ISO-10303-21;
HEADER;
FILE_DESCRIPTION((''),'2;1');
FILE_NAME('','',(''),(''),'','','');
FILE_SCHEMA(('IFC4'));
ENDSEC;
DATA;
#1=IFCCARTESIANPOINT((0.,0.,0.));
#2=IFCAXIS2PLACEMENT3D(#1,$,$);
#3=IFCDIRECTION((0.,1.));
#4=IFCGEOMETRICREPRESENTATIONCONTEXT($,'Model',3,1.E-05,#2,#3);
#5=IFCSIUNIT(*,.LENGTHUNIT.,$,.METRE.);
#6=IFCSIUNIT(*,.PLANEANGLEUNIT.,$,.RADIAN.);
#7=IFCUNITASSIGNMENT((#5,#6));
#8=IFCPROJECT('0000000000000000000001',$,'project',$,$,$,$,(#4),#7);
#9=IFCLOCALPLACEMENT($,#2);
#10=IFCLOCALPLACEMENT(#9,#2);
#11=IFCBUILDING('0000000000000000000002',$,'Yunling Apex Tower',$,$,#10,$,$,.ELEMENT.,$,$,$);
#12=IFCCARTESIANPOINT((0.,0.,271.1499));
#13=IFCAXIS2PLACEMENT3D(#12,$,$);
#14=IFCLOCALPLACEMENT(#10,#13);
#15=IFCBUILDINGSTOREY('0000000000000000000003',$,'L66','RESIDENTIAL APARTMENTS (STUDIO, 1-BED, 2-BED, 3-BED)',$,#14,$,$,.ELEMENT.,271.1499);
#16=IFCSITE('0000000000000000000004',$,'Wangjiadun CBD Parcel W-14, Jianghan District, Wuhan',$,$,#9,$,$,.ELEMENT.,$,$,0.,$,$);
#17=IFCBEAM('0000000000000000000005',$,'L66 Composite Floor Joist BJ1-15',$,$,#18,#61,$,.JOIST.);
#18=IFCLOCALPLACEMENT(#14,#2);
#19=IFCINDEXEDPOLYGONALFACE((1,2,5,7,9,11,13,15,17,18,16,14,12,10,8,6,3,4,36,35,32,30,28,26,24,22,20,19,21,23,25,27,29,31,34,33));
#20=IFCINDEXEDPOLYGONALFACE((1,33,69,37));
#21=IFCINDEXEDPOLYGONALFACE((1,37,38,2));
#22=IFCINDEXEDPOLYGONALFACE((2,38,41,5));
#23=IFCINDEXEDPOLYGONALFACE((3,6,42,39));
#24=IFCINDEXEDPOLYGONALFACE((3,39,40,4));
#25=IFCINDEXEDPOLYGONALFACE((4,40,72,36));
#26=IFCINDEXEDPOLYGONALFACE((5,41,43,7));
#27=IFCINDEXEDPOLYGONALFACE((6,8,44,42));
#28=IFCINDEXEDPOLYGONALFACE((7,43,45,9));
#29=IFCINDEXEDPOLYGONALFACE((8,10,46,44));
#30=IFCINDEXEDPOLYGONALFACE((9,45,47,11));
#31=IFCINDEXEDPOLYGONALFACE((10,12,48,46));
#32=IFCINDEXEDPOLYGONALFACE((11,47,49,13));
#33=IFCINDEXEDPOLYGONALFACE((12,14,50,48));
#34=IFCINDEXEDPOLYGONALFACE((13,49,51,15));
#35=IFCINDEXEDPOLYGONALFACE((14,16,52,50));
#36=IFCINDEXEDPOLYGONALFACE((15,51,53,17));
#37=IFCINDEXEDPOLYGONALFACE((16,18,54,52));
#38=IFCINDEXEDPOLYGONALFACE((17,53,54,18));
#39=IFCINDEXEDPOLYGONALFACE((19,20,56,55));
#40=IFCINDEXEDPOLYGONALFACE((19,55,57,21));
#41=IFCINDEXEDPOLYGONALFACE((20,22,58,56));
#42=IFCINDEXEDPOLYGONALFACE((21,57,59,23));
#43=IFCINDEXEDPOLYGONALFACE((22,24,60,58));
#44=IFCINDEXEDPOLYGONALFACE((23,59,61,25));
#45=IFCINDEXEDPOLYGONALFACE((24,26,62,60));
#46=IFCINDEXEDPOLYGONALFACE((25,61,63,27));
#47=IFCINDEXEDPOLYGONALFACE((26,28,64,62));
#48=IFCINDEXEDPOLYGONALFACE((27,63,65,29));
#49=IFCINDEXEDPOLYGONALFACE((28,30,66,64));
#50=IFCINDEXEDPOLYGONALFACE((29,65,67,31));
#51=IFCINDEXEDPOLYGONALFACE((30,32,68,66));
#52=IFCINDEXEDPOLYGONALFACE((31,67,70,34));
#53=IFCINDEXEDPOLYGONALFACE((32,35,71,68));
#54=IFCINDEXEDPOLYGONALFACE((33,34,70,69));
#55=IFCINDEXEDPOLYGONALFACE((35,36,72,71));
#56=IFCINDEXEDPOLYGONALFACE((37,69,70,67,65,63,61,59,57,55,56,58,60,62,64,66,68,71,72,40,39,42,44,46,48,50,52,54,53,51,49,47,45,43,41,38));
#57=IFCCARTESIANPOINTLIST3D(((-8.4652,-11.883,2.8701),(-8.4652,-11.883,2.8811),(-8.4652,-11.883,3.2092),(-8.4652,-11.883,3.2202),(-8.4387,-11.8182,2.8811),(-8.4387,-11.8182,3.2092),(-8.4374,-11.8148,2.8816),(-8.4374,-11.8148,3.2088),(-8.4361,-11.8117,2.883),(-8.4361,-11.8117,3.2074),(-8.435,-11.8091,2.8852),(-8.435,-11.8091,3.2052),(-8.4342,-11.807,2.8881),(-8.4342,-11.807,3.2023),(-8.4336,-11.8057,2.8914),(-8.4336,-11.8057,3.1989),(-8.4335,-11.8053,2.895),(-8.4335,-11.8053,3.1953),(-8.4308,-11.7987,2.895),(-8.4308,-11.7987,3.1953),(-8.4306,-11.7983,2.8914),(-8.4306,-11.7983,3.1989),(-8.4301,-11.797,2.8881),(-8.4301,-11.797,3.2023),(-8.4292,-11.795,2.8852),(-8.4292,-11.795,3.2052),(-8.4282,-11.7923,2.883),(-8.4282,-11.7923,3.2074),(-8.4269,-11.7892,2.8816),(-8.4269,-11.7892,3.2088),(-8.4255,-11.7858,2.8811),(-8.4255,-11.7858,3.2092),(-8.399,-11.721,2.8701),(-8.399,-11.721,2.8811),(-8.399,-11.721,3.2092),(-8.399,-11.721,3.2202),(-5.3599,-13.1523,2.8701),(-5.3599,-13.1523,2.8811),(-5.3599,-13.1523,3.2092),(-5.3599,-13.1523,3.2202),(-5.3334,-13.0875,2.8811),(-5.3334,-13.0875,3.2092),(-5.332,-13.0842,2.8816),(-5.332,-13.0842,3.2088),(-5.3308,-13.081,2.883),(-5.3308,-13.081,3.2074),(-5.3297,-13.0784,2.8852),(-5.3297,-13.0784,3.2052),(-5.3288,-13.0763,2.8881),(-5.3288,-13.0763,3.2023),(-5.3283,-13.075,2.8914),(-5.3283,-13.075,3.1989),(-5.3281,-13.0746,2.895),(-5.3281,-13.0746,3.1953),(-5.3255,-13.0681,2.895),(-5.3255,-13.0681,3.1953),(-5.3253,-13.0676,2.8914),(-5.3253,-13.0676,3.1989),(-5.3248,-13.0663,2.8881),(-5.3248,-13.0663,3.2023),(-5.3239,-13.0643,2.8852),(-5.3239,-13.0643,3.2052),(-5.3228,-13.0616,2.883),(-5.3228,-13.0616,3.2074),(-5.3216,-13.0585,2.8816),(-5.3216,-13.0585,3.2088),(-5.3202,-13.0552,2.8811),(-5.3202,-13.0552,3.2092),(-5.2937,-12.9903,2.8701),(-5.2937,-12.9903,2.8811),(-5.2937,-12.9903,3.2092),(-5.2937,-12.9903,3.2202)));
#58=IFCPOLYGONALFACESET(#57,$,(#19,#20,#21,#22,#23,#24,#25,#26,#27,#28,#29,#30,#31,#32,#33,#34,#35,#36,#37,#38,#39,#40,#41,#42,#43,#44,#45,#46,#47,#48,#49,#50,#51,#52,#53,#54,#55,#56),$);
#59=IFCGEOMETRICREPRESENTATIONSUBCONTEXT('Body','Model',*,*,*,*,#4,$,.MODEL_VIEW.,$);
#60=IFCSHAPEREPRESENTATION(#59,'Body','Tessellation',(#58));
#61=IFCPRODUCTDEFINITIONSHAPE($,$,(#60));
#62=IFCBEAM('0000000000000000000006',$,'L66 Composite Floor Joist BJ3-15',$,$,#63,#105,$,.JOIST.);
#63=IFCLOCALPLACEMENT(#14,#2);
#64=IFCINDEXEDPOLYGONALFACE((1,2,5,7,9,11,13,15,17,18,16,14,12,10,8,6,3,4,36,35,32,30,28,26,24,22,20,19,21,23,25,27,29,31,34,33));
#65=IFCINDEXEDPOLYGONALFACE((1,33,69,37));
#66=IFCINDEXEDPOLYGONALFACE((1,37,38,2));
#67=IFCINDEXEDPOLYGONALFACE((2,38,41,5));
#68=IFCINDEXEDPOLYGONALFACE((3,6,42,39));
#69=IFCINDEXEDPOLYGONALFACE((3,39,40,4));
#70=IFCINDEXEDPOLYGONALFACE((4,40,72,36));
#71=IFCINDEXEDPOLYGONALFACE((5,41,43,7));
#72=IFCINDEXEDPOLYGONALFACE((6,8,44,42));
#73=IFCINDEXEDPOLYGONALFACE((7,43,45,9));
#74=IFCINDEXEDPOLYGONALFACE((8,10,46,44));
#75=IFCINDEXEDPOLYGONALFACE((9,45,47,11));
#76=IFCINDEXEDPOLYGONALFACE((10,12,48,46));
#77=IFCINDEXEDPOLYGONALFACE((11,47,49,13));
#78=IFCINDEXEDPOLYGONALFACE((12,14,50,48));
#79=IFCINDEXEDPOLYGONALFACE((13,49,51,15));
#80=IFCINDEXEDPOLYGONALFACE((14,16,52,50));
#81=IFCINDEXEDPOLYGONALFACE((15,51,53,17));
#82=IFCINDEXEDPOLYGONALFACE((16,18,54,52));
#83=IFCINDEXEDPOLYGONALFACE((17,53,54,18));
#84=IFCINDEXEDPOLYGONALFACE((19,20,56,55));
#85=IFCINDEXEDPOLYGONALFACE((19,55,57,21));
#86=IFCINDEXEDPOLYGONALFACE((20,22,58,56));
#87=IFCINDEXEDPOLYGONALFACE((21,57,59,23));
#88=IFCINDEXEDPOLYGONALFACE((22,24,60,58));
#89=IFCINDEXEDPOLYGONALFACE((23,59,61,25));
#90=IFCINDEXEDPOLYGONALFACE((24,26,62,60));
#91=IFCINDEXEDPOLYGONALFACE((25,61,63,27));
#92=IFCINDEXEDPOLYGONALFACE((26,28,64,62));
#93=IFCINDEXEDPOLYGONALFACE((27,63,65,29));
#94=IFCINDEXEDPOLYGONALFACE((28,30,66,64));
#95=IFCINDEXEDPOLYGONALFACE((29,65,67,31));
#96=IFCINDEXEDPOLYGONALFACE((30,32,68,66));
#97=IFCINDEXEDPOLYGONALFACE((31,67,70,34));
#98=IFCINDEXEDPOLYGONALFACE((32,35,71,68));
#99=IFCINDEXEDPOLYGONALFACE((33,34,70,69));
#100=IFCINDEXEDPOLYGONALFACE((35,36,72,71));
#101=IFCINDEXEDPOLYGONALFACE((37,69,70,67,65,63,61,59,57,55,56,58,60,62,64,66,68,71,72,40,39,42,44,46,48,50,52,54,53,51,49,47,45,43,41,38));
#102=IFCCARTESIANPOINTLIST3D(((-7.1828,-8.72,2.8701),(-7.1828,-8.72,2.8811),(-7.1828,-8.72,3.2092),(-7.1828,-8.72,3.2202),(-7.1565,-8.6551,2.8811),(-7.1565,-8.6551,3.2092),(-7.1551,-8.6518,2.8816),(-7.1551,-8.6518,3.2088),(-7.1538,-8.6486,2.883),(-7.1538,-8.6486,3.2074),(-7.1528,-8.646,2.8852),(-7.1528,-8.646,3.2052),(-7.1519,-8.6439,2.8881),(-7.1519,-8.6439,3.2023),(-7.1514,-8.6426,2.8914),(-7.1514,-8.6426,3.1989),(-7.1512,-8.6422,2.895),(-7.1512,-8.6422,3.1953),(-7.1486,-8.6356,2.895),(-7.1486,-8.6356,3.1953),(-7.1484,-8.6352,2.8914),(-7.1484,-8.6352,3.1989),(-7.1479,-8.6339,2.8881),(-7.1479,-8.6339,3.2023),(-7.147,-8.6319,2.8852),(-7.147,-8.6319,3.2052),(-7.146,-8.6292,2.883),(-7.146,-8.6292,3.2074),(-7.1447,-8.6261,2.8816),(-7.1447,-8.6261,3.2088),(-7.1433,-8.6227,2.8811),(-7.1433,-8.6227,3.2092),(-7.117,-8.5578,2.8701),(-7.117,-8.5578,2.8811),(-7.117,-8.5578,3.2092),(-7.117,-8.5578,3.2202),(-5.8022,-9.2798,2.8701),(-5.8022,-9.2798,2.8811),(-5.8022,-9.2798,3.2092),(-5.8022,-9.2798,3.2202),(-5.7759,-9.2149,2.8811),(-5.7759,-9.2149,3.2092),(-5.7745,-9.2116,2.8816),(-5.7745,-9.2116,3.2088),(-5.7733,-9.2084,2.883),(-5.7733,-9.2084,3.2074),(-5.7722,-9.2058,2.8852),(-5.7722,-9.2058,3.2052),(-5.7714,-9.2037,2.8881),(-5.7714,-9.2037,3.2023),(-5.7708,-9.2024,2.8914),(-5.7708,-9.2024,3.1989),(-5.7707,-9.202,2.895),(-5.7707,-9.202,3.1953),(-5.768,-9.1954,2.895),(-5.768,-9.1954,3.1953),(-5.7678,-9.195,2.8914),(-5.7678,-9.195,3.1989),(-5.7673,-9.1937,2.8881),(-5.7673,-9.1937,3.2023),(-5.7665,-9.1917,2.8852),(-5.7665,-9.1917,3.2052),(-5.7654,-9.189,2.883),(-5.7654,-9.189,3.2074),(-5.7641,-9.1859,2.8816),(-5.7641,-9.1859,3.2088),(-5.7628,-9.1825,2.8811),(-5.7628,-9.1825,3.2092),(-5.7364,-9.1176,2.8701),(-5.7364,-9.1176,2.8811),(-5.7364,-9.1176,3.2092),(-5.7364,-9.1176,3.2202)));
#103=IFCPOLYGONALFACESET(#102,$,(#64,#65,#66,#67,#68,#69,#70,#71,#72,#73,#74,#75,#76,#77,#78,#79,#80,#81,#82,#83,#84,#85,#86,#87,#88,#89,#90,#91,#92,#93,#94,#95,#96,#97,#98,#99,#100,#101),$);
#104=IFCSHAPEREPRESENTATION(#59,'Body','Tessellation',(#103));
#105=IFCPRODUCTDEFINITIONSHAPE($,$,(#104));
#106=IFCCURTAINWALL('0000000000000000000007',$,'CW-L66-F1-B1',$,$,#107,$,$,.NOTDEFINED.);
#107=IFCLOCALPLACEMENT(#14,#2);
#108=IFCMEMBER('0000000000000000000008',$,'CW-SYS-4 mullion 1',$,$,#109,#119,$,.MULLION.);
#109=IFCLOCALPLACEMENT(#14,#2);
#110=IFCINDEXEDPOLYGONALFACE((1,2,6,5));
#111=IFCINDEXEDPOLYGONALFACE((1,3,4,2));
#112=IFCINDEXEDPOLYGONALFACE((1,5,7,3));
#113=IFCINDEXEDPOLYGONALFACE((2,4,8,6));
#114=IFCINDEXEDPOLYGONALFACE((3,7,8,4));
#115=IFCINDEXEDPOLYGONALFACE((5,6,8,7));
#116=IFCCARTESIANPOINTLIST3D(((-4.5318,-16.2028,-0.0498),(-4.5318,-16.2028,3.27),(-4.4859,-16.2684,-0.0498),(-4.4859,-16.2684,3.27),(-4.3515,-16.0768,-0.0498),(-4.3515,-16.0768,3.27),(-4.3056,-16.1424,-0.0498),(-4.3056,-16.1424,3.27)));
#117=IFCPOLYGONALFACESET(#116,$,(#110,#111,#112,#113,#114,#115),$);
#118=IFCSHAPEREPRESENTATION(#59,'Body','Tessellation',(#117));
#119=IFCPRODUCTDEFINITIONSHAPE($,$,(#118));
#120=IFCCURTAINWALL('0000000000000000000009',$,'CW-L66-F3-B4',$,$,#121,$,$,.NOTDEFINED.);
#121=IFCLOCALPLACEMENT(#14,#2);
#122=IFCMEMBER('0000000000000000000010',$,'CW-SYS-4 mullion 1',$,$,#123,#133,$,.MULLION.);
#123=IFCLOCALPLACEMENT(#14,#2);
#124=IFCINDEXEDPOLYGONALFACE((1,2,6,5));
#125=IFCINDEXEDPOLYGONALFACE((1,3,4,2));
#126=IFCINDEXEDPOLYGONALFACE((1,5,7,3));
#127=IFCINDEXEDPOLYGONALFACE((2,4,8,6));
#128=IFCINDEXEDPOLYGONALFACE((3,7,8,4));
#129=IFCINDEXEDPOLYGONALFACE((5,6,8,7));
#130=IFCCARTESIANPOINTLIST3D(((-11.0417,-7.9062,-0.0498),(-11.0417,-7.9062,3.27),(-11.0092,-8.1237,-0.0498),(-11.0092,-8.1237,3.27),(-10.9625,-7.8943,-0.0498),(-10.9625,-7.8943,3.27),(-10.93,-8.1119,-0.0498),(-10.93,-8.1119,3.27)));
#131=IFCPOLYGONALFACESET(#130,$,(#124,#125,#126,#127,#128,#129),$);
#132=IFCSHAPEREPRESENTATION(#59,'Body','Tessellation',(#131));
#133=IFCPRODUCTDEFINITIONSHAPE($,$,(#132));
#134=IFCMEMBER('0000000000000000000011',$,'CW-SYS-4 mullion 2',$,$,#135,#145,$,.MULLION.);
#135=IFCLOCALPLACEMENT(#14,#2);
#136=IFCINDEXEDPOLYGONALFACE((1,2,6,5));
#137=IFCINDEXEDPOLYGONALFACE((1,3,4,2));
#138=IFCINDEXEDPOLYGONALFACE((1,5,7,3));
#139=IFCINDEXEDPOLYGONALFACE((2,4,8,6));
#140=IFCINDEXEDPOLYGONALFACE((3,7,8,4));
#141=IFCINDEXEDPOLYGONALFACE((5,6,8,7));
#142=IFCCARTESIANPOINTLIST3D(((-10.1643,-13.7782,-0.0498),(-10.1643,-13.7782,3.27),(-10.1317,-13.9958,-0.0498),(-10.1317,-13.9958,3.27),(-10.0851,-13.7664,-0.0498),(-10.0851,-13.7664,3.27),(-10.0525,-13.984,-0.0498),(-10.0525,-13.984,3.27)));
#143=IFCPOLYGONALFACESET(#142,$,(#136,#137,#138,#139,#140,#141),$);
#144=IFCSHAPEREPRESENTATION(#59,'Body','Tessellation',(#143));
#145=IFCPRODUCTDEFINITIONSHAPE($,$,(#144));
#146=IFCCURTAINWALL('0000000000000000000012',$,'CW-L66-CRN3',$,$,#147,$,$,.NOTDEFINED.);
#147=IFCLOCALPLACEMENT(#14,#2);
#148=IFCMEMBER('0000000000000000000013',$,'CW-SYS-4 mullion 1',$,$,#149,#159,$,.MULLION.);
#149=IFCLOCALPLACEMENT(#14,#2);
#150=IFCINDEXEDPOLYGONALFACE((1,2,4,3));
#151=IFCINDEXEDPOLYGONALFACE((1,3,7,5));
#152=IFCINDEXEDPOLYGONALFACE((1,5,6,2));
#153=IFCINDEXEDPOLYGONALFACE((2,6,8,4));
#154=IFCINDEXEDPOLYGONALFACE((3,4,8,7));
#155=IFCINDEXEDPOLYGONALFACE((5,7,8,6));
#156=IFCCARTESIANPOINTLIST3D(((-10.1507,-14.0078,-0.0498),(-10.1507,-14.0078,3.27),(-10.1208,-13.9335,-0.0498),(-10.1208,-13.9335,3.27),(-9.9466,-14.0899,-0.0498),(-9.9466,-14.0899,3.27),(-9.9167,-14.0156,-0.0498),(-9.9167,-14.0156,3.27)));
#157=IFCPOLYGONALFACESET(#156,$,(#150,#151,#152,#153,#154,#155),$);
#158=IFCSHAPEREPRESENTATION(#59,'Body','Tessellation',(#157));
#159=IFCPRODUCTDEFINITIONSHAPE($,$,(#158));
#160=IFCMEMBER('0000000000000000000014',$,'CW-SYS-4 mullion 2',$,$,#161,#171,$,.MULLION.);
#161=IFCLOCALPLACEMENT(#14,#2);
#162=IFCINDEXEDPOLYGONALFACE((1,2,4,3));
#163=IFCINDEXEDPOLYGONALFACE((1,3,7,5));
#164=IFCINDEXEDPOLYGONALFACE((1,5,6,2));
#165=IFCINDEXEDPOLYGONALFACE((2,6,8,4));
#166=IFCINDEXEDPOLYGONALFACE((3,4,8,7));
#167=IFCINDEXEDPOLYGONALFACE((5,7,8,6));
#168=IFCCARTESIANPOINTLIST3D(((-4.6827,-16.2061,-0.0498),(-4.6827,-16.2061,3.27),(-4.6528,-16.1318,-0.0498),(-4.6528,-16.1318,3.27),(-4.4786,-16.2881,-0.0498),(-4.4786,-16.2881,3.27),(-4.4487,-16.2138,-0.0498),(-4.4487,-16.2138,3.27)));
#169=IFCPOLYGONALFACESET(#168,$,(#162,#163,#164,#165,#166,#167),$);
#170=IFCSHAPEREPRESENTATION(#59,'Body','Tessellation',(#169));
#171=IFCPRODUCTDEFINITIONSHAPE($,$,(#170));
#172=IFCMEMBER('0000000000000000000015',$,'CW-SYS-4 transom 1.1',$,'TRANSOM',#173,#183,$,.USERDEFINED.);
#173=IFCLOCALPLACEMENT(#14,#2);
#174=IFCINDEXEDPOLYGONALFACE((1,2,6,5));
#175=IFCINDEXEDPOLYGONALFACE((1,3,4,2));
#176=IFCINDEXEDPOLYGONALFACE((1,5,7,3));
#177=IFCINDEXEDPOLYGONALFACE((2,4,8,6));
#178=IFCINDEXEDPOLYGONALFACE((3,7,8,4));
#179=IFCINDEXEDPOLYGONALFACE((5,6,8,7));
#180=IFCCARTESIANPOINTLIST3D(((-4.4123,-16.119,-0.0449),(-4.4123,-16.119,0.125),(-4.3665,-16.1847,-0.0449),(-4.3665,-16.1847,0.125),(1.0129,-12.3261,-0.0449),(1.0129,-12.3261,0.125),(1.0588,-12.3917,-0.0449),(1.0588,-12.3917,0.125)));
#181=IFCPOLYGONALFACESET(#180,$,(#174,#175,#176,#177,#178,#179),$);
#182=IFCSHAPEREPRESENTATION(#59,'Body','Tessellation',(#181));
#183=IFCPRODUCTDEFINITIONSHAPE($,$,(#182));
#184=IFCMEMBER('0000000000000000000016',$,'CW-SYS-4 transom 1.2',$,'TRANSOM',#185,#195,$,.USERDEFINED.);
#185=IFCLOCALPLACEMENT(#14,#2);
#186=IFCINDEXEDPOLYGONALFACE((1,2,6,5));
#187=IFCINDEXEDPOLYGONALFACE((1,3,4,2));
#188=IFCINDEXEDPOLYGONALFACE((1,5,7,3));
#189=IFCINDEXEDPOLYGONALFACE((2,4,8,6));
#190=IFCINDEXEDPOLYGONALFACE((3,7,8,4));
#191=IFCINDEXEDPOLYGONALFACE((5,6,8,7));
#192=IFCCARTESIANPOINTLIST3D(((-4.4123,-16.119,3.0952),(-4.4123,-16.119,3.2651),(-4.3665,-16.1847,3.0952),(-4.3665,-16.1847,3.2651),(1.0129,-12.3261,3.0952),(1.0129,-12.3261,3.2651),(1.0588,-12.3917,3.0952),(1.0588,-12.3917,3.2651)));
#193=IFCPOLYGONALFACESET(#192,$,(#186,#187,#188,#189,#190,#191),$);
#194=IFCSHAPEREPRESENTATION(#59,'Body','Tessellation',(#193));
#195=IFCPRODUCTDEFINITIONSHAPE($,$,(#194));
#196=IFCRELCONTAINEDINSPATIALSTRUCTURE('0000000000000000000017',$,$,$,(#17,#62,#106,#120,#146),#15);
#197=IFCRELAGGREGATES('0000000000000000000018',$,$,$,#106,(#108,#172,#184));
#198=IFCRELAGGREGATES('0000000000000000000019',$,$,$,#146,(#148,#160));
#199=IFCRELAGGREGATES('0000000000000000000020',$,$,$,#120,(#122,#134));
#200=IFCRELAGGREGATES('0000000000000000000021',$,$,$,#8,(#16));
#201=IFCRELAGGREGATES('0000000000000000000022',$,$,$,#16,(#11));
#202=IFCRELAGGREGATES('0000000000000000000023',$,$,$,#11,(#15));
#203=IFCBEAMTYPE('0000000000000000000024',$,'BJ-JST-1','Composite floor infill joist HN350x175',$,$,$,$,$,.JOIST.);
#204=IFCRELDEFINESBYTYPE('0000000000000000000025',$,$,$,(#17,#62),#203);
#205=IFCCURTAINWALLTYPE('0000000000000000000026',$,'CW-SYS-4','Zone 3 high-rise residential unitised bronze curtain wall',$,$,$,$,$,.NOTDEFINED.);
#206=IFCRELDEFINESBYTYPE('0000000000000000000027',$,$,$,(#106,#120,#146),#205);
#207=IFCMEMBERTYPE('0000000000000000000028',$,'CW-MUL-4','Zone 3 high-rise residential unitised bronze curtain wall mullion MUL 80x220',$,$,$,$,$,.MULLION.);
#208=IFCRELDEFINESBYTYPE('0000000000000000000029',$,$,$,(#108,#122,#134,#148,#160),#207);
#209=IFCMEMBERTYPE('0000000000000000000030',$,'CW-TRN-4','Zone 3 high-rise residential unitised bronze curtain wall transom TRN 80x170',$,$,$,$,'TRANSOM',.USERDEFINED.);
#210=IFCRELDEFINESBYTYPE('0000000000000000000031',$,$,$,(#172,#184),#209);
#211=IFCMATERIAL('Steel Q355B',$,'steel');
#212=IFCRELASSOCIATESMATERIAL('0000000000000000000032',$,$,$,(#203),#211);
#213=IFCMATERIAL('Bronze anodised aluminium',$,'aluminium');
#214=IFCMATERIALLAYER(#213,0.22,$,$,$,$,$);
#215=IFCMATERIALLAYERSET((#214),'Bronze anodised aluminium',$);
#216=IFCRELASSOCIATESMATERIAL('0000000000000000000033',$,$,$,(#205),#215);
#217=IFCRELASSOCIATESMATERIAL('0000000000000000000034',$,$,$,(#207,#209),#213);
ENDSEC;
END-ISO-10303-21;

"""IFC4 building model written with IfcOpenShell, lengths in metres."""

from ifc_helpers import new_model, si_unit, direction, frame, origin, origin_2d, place, context, subcontext, project, spatial, rectangle, i_section, extrude, source, transform, mapped, material, layer, layer_set, material_profile, profile_set, type_object, element, aggregate, save


model = new_model("IFC4")

# Units and contexts
model_context = context("Model", 3, precision=1e-05, world=origin(), true_north=direction((0.0, 1.0)))
body_context = subcontext(model_context, "Body", "Model", "MODEL_VIEW")
ifc_project = project(units=[si_unit("LENGTHUNIT", "METRE"), si_unit("PLANEANGLEUNIT", "RADIAN")], contexts=[model_context])

# Site, building, storey
site_placement = place(None, origin())
site = spatial("IfcSite", under=ifc_project, at=site_placement, Name="Wangjiadun CBD Parcel W-14, Jianghan District, Wuhan", CompositionType="ELEMENT", RefElevation=0.0)
building_placement = place(site_placement, origin())
building = spatial("IfcBuilding", under=site, at=building_placement, Name="Yunling Apex Tower", CompositionType="ELEMENT")
storey_placement = place(building_placement, frame((0.0, 0.0, 271.1499)))
storey = spatial("IfcBuildingStorey", under=building, at=storey_placement, Name="L66", Description="RESIDENTIAL APARTMENTS (STUDIO, 1-BED, 2-BED, 3-BED)", CompositionType="ELEMENT", Elevation=271.1499)

# Shared definitions
ifc_material_1 = material(Name="Steel Q355B", Category="steel")

# Beams
ifc_material_profile_1 = material_profile(ifc_material_1, i_section(OverallWidth=0.175, OverallDepth=0.3501, WebThickness=0.0071, FlangeThickness=0.011, FilletRadius=0.0139, at=origin_2d()))
ifc_profile_set_1 = profile_set([ifc_material_profile_1], Name="Steel Q355B")
beam_type_1 = type_object("IfcBeamType", Name="BJ-JST-1", Description="Composite floor infill joist HN350x175", PredefinedType="JOIST", material=ifc_profile_set_1)
shared_shape_1 = source(origin(), body_context, "Body", "SweptSolid", [
    extrude(i_section(OverallWidth=0.175, OverallDepth=0.3501, WebThickness=0.0071, FlangeThickness=0.011, FilletRadius=0.0139, at=origin_2d()), origin(), (0.0, 0.0, 1.0), 3.3547),
])
beam_1_placement = place(storey_placement, frame((-8.4321, -11.802, 3.0452), z_axis=(0.925655, -0.378369, 0.0), x_axis=(0.378369, 0.925655, 0.0)))
element("IfcBeam", 1, at=beam_1_placement, inside=storey, type_object=beam_type_1, Name="L66 Composite Floor Joist BJ1-15", PredefinedType="JOIST", context=body_context, shape_type="MappedRepresentation", body=[
    mapped(shared_shape_1, transform((0.0, 0.0, 0.0), scale=1.0)),
])
shared_shape_2 = source(origin(), body_context, "Body", "SweptSolid", [
    extrude(i_section(OverallWidth=0.175, OverallDepth=0.3501, WebThickness=0.0071, FlangeThickness=0.011, FilletRadius=0.0139, at=origin_2d()), origin(), (0.0, 0.0, 1.0), 1.4897),
])
beam_2_placement = place(storey_placement, frame((-7.1499, -8.6389, 3.0452), z_axis=(0.926715, -0.375766, 0.0), x_axis=(0.375766, 0.926715, 0.0)))
element("IfcBeam", 2, at=beam_2_placement, inside=storey, type_object=beam_type_1, Name="L66 Composite Floor Joist BJ3-15", PredefinedType="JOIST", context=body_context, shape_type="MappedRepresentation", body=[
    mapped(shared_shape_2, transform((0.0, 0.0, 0.0), scale=1.0)),
])

# Curtain wall, member
ifc_material_2 = material(Name="Bronze anodised aluminium", Category="aluminium")
ifc_layer_1 = layer(ifc_material_2, 0.22)
ifc_layer_set_1 = layer_set([ifc_layer_1], Name="Bronze anodised aluminium")
curtain_wall_type = type_object("IfcCurtainWallType", Name="CW-SYS-4", Description="Zone 3 high-rise residential unitised bronze curtain wall", PredefinedType="NOTDEFINED", material=ifc_layer_set_1)
curtain_wall_1_placement = place(storey_placement, origin())
curtain_wall_1 = element("IfcCurtainWall", 3, at=curtain_wall_1_placement, inside=storey, type_object=curtain_wall_type, Name="CW-L66-F1-B1", PredefinedType="NOTDEFINED")
ifc_material_profile_2 = material_profile(ifc_material_2, rectangle(XDim=0.0801, YDim=0.22, at=origin_2d()))
ifc_profile_set_2 = profile_set([ifc_material_profile_2], Name="Bronze anodised aluminium")
member_type_1 = type_object("IfcMemberType", Name="CW-MUL-4", Description="Zone 3 high-rise residential unitised bronze curtain wall mullion MUL 80x220", PredefinedType="MULLION", material=ifc_profile_set_2)
shared_shape_3 = source(origin(), body_context, "Body", "SweptSolid", [
    extrude(rectangle(XDim=0.0801, YDim=0.22, at=origin_2d()), origin(), (0.0, 0.0, 1.0), 3.3198),
])
member_1_placement = place(storey_placement, frame((-4.4187, -16.1726, -0.0498), z_axis=(0.0, 0.0, 1.0), x_axis=(-0.573, 0.819555, 0.0)))
member_1 = element("IfcMember", 4, at=member_1_placement, type_object=member_type_1, Name="CW-SYS-4 mullion 1", PredefinedType="MULLION", context=body_context, shape_type="MappedRepresentation", body=[
    mapped(shared_shape_3, transform((0.0, 0.0, 0.0), scale=1.0)),
])

# Curtain walls, members
curtain_wall_2_placement = place(storey_placement, origin())
curtain_wall_2 = element("IfcCurtainWall", 5, at=curtain_wall_2_placement, inside=storey, type_object=curtain_wall_type, Name="CW-L66-F3-B4", PredefinedType="NOTDEFINED")
member_2_placement = place(storey_placement, frame((-10.9858, -8.009, -0.0498), z_axis=(0.0, 0.0, 1.0), x_axis=(0.989019, 0.147791, 0.0)))
member_2 = element("IfcMember", 6, at=member_2_placement, type_object=member_type_1, Name="CW-SYS-4 mullion 1", PredefinedType="MULLION", context=body_context, shape_type="MappedRepresentation", body=[
    mapped(shared_shape_3, transform((0.0, 0.0, 0.0), scale=1.0)),
])
member_3_placement = place(storey_placement, frame((-10.1084, -13.8811, -0.0498), z_axis=(0.0, 0.0, 1.0), x_axis=(0.989019, 0.147791, 0.0)))
member_3 = element("IfcMember", 7, at=member_3_placement, type_object=member_type_1, Name="CW-SYS-4 mullion 2", PredefinedType="MULLION", context=body_context, shape_type="MappedRepresentation", body=[
    mapped(shared_shape_3, transform((0.0, 0.0, 0.0), scale=1.0)),
])
curtain_wall_3_placement = place(storey_placement, origin())
curtain_wall_3 = element("IfcCurtainWall", 8, at=curtain_wall_3_placement, inside=storey, type_object=curtain_wall_type, Name="CW-L66-CRN3", PredefinedType="NOTDEFINED")
member_4_placement = place(storey_placement, frame((-10.0337, -14.0117, -0.0498), z_axis=(0.0, 0.0, 1.0), x_axis=(0.373009, 0.927828, 0.0)))
member_4 = element("IfcMember", 9, at=member_4_placement, type_object=member_type_1, Name="CW-SYS-4 mullion 1", PredefinedType="MULLION", context=body_context, shape_type="MappedRepresentation", body=[
    mapped(shared_shape_3, transform((0.0, 0.0, 0.0), scale=1.0)),
])
member_5_placement = place(storey_placement, frame((-4.5657, -16.21, -0.0498), z_axis=(0.0, 0.0, 1.0), x_axis=(0.373009, 0.927828, 0.0)))
member_5 = element("IfcMember", 10, at=member_5_placement, type_object=member_type_1, Name="CW-SYS-4 mullion 2", PredefinedType="MULLION", context=body_context, shape_type="MappedRepresentation", body=[
    mapped(shared_shape_3, transform((0.0, 0.0, 0.0), scale=1.0)),
])

# Members
ifc_material_profile_3 = material_profile(ifc_material_2, rectangle(XDim=0.0801, YDim=0.1699, at=origin_2d()))
ifc_profile_set_3 = profile_set([ifc_material_profile_3], Name="Bronze anodised aluminium")
member_type_2 = type_object("IfcMemberType", Name="CW-TRN-4", Description="Zone 3 high-rise residential unitised bronze curtain wall transom TRN 80x170", ElementType="TRANSOM", PredefinedType="USERDEFINED", material=ifc_profile_set_3)
shared_shape_4 = source(origin(), body_context, "Body", "SweptSolid", [
    extrude(rectangle(XDim=0.0801, YDim=0.1699, at=origin_2d()), origin(), (0.0, 0.0, 1.0), 6.6196),
])
member_6_placement = place(storey_placement, frame((-4.3894, -16.1519, 0.04), z_axis=(0.819568, 0.572982, 0.0), x_axis=(-0.572982, 0.819568, 0.0)))
member_6 = element("IfcMember", 11, at=member_6_placement, type_object=member_type_2, Name="CW-SYS-4 transom 1.1", ObjectType="TRANSOM", PredefinedType="USERDEFINED", context=body_context, shape_type="MappedRepresentation", body=[
    mapped(shared_shape_4, transform((0.0, 0.0, 0.0), scale=1.0)),
])
member_7_placement = place(storey_placement, frame((-4.3894, -16.1519, 3.1802), z_axis=(0.819568, 0.572982, 0.0), x_axis=(-0.572982, 0.819568, 0.0)))
member_7 = element("IfcMember", 12, at=member_7_placement, type_object=member_type_2, Name="CW-SYS-4 transom 1.2", ObjectType="TRANSOM", PredefinedType="USERDEFINED", context=body_context, shape_type="MappedRepresentation", body=[
    mapped(shared_shape_4, transform((0.0, 0.0, 0.0), scale=1.0)),
])
aggregate(curtain_wall_1, [member_1, member_6, member_7])

aggregate(curtain_wall_3, [member_4, member_5])
aggregate(curtain_wall_2, [member_2, member_3])

save(model, "model.ifc")
